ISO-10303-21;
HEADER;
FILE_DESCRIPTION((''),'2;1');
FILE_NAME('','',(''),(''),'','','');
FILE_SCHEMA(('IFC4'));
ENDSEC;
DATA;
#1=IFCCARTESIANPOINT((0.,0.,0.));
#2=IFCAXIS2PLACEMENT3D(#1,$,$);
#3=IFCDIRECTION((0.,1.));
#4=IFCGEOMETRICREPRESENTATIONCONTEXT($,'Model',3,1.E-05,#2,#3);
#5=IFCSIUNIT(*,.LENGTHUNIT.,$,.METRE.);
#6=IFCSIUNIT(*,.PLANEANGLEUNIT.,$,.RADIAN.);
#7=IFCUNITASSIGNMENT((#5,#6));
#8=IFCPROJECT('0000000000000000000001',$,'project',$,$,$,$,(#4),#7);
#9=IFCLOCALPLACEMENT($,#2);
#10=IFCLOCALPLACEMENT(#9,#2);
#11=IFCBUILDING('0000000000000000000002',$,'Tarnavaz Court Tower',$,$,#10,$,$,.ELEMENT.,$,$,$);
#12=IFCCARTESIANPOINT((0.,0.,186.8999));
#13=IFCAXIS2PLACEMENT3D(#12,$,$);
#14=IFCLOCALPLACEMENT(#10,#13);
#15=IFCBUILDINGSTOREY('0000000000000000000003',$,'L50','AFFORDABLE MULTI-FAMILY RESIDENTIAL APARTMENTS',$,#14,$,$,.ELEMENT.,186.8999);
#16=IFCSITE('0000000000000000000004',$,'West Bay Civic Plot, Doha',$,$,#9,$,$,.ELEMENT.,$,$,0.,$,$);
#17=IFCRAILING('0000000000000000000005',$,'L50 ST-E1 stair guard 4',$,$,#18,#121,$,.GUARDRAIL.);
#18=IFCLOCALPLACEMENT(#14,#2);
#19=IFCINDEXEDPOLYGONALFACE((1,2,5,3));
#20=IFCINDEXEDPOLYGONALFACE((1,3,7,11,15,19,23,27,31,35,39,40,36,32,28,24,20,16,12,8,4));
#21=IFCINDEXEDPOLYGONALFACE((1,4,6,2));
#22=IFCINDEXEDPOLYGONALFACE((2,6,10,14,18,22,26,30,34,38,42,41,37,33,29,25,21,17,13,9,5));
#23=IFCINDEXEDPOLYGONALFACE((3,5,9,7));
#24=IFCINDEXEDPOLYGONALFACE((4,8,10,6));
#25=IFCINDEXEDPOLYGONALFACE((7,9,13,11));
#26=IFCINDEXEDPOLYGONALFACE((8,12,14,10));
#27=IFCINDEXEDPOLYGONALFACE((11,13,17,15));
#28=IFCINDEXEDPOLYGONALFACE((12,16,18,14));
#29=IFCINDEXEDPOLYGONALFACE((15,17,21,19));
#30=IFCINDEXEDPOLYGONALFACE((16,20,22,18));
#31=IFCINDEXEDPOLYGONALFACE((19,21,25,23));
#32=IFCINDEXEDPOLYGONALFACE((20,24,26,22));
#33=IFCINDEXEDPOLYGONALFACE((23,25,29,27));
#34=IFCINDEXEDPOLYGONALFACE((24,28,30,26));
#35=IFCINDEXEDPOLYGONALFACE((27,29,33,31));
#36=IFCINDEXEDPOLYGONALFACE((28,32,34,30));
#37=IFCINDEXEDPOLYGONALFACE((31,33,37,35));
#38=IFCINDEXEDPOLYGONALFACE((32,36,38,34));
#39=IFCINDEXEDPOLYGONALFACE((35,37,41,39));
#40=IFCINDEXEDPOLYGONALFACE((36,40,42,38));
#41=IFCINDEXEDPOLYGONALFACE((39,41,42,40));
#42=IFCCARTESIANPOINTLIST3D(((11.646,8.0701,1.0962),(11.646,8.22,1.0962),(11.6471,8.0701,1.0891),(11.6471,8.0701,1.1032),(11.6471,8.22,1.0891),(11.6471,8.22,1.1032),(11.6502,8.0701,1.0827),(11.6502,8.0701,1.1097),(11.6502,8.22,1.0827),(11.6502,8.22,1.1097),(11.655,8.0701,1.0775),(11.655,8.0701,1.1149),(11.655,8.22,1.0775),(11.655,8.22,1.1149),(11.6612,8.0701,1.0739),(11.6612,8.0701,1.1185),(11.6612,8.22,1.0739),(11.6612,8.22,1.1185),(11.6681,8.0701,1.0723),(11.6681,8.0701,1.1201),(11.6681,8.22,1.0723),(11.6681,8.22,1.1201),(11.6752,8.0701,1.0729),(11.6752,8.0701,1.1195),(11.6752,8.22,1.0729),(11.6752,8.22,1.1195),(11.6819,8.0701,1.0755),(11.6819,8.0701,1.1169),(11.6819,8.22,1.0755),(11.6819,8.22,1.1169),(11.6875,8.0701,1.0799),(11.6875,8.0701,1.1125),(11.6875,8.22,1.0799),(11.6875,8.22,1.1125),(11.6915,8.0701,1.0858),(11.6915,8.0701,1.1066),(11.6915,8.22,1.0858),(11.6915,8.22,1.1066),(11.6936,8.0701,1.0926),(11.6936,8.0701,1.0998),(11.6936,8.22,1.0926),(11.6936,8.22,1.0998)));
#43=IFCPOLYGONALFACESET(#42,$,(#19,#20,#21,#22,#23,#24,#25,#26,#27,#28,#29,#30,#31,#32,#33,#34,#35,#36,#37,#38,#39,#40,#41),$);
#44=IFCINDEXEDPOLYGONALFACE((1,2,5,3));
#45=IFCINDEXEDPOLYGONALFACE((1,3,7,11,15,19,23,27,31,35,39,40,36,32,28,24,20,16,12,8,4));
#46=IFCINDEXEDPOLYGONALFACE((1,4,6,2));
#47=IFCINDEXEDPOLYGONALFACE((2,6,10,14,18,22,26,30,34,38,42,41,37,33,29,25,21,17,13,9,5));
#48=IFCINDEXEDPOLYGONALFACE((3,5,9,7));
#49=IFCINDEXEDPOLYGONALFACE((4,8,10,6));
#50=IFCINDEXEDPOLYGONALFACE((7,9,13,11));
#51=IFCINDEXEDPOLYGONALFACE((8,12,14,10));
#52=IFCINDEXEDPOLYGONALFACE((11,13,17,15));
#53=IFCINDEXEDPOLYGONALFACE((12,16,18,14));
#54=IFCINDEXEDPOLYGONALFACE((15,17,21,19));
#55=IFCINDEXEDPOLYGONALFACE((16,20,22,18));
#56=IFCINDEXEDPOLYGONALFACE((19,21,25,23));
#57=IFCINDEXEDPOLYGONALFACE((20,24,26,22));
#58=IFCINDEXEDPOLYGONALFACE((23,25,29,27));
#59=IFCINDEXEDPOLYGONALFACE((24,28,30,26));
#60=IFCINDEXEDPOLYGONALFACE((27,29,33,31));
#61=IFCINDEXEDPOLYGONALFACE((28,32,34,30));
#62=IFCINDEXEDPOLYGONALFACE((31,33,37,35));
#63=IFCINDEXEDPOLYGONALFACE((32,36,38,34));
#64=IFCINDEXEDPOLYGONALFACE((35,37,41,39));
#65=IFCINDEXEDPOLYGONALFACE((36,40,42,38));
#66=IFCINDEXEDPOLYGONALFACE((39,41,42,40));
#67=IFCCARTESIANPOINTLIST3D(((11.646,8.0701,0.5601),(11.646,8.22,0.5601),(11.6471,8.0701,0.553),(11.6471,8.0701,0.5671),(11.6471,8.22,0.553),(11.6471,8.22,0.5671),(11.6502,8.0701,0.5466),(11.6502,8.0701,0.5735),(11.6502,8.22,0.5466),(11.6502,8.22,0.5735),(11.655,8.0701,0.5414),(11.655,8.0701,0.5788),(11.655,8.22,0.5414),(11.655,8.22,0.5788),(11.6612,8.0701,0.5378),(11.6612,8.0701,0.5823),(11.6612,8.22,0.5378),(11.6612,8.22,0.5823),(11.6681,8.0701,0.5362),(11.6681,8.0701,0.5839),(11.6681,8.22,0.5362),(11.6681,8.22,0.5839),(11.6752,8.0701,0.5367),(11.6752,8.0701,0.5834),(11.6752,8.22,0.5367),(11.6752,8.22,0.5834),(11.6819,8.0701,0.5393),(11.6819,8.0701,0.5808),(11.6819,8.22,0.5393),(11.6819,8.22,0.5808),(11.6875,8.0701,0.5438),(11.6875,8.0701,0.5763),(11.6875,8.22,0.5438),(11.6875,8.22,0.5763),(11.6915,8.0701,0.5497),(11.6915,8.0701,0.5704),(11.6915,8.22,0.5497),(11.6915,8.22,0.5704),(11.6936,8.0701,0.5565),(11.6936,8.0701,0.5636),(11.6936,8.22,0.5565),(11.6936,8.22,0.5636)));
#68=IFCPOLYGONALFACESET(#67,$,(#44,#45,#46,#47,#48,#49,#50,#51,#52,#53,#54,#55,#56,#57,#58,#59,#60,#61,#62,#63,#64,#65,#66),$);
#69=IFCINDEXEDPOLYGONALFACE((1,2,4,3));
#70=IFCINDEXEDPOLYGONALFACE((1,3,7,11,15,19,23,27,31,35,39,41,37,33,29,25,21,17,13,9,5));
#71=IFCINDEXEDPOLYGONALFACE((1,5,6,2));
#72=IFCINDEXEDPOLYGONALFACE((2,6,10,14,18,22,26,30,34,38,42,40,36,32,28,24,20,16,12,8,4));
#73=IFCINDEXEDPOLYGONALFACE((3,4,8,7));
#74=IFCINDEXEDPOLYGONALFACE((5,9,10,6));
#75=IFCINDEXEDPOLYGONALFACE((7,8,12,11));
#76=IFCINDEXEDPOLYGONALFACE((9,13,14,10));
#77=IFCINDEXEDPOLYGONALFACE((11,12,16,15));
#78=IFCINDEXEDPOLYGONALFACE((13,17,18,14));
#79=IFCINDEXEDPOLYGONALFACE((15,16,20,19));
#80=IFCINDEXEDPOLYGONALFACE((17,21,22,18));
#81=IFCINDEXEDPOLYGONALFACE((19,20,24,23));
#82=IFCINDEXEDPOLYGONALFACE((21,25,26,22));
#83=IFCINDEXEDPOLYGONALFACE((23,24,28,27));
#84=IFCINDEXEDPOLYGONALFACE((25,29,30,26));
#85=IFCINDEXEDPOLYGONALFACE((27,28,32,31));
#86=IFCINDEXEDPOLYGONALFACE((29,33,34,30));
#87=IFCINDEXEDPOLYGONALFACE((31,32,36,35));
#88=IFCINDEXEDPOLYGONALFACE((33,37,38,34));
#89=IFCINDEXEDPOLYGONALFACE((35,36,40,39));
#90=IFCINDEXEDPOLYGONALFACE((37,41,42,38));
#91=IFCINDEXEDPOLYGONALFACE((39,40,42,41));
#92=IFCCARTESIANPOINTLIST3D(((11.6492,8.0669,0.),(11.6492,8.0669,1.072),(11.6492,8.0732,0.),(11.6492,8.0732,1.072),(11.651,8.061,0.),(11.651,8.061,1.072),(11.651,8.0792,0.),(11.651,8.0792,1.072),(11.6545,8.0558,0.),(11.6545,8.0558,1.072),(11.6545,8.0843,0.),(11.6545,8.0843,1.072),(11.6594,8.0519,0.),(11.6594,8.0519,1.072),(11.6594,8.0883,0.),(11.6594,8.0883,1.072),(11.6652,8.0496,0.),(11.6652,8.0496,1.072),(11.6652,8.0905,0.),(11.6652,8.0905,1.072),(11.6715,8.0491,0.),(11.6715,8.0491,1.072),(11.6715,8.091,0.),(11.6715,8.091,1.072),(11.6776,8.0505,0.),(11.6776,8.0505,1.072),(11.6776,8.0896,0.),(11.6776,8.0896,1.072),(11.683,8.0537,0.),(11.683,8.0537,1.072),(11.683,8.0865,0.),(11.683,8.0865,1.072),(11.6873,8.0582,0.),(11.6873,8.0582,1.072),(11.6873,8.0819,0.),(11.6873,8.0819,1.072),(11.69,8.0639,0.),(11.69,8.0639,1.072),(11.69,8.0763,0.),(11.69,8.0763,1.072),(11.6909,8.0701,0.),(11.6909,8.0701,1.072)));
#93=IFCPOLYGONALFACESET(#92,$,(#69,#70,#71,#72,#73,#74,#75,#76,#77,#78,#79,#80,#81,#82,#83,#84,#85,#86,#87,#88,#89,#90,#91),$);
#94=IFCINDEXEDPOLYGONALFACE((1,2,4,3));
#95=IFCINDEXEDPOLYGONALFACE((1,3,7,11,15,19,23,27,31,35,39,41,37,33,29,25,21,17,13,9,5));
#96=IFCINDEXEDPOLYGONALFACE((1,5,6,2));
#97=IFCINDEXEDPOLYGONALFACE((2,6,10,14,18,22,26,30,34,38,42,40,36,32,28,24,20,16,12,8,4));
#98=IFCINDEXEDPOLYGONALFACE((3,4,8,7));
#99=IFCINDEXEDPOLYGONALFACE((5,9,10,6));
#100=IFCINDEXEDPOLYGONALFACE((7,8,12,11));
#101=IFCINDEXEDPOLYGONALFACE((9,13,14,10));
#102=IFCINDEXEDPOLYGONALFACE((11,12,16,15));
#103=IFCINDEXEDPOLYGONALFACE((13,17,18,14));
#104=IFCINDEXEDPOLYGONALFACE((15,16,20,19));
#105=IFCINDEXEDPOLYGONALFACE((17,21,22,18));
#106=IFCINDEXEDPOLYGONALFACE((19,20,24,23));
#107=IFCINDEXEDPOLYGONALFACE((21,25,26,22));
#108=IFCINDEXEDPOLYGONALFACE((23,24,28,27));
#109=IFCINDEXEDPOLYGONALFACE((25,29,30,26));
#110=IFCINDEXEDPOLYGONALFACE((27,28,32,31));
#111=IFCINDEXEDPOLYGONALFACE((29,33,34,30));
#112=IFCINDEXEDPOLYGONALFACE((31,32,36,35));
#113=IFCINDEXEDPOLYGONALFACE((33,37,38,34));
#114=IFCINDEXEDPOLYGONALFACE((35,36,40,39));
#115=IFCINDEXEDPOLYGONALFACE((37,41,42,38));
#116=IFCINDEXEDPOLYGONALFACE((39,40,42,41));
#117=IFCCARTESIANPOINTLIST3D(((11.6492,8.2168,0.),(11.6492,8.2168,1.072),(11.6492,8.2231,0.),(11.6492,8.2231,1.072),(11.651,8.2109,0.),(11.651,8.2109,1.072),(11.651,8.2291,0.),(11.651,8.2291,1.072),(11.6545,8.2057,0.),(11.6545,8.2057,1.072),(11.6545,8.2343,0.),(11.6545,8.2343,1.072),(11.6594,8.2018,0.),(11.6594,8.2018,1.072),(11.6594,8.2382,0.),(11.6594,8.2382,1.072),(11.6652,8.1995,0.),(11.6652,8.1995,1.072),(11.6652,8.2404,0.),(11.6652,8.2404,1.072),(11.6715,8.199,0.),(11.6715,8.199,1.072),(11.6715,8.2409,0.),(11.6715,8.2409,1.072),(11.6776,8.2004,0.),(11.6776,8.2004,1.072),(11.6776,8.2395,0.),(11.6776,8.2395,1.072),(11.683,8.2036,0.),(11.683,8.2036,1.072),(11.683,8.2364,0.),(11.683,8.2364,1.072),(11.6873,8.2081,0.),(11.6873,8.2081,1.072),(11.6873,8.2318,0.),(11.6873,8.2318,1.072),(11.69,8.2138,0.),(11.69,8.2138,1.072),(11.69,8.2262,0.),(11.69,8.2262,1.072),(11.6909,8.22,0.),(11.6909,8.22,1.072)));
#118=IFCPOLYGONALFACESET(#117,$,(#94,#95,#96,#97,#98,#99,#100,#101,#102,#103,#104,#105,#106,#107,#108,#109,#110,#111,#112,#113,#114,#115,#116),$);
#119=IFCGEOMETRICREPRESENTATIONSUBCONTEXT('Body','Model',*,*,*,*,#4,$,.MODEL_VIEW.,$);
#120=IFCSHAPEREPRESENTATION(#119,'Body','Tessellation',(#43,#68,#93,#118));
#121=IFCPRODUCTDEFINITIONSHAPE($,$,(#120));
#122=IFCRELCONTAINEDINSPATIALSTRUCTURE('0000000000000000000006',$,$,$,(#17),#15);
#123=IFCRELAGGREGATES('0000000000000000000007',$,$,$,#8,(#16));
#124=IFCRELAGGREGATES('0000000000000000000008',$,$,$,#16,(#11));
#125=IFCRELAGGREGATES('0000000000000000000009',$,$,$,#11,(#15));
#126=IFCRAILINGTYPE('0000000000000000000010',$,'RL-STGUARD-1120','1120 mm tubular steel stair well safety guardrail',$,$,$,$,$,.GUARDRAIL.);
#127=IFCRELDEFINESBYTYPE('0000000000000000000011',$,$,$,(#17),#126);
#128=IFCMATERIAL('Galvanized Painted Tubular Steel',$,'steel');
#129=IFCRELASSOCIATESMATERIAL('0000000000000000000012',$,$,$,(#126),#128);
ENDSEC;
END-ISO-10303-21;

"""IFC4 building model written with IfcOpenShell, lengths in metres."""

from ifc_helpers import new_model, si_unit, direction, frame, origin, origin_2d, place, context, subcontext, project, spatial, circle, extrude, material, type_object, element, save


model = new_model("IFC4")

# Units and contexts
model_context = context("Model", 3, precision=1e-05, world=origin(), true_north=direction((0.0, 1.0)))
body_context = subcontext(model_context, "Body", "Model", "MODEL_VIEW")
ifc_project = project(units=[si_unit("LENGTHUNIT", "METRE"), si_unit("PLANEANGLEUNIT", "RADIAN")], contexts=[model_context])

# Site, building, storey
site_placement = place(None, origin())
site = spatial("IfcSite", under=ifc_project, at=site_placement, Name="West Bay Civic Plot, Doha", CompositionType="ELEMENT", RefElevation=0.0)
building_placement = place(site_placement, origin())
building = spatial("IfcBuilding", under=site, at=building_placement, Name="Tarnavaz Court Tower", CompositionType="ELEMENT")
storey_placement = place(building_placement, frame((0.0, 0.0, 186.8999)))
storey = spatial("IfcBuildingStorey", under=building, at=storey_placement, Name="L50", Description="AFFORDABLE MULTI-FAMILY RESIDENTIAL APARTMENTS", CompositionType="ELEMENT", Elevation=186.8999)

# Railing
ifc_material_1 = material(Name="Galvanized Painted Tubular Steel", Category="steel")
railing_type_1 = type_object("IfcRailingType", Name="RL-STGUARD-1120", Description="1120 mm tubular steel stair well safety guardrail", PredefinedType="GUARDRAIL", material=ifc_material_1)
railing_1_placement = place(storey_placement, frame((11.6699, 8.0701, 0.0)))
element("IfcRailing", 1, at=railing_1_placement, inside=storey, type_object=railing_type_1, Name="L50 ST-E1 stair guard 4", PredefinedType="GUARDRAIL", context=body_context, shape_type="SweptSolid", body=[
    extrude(circle(Radius=0.0239, at=origin_2d()), frame((0.0, 0.0, 1.0962), z_axis=(0.0, 1.0, 0.0), x_axis=(-1.0, 0.0, 0.0)), (0.0, 0.0, 1.0), 0.1499),
    extrude(circle(Radius=0.0239, at=origin_2d()), frame((0.0, 0.0, 0.5601), z_axis=(0.0, 1.0, 0.0), x_axis=(-1.0, 0.0, 0.0)), (0.0, 0.0, 1.0), 0.1499),
    extrude(circle(Radius=0.021, at=origin_2d()), origin(), (0.0, 0.0, 1.0), 1.072),
    extrude(circle(Radius=0.021, at=origin_2d()), frame((0.0, 0.1499, 0.0)), (0.0, 0.0, 1.0), 1.072),
])

save(model, "model.ifc")
